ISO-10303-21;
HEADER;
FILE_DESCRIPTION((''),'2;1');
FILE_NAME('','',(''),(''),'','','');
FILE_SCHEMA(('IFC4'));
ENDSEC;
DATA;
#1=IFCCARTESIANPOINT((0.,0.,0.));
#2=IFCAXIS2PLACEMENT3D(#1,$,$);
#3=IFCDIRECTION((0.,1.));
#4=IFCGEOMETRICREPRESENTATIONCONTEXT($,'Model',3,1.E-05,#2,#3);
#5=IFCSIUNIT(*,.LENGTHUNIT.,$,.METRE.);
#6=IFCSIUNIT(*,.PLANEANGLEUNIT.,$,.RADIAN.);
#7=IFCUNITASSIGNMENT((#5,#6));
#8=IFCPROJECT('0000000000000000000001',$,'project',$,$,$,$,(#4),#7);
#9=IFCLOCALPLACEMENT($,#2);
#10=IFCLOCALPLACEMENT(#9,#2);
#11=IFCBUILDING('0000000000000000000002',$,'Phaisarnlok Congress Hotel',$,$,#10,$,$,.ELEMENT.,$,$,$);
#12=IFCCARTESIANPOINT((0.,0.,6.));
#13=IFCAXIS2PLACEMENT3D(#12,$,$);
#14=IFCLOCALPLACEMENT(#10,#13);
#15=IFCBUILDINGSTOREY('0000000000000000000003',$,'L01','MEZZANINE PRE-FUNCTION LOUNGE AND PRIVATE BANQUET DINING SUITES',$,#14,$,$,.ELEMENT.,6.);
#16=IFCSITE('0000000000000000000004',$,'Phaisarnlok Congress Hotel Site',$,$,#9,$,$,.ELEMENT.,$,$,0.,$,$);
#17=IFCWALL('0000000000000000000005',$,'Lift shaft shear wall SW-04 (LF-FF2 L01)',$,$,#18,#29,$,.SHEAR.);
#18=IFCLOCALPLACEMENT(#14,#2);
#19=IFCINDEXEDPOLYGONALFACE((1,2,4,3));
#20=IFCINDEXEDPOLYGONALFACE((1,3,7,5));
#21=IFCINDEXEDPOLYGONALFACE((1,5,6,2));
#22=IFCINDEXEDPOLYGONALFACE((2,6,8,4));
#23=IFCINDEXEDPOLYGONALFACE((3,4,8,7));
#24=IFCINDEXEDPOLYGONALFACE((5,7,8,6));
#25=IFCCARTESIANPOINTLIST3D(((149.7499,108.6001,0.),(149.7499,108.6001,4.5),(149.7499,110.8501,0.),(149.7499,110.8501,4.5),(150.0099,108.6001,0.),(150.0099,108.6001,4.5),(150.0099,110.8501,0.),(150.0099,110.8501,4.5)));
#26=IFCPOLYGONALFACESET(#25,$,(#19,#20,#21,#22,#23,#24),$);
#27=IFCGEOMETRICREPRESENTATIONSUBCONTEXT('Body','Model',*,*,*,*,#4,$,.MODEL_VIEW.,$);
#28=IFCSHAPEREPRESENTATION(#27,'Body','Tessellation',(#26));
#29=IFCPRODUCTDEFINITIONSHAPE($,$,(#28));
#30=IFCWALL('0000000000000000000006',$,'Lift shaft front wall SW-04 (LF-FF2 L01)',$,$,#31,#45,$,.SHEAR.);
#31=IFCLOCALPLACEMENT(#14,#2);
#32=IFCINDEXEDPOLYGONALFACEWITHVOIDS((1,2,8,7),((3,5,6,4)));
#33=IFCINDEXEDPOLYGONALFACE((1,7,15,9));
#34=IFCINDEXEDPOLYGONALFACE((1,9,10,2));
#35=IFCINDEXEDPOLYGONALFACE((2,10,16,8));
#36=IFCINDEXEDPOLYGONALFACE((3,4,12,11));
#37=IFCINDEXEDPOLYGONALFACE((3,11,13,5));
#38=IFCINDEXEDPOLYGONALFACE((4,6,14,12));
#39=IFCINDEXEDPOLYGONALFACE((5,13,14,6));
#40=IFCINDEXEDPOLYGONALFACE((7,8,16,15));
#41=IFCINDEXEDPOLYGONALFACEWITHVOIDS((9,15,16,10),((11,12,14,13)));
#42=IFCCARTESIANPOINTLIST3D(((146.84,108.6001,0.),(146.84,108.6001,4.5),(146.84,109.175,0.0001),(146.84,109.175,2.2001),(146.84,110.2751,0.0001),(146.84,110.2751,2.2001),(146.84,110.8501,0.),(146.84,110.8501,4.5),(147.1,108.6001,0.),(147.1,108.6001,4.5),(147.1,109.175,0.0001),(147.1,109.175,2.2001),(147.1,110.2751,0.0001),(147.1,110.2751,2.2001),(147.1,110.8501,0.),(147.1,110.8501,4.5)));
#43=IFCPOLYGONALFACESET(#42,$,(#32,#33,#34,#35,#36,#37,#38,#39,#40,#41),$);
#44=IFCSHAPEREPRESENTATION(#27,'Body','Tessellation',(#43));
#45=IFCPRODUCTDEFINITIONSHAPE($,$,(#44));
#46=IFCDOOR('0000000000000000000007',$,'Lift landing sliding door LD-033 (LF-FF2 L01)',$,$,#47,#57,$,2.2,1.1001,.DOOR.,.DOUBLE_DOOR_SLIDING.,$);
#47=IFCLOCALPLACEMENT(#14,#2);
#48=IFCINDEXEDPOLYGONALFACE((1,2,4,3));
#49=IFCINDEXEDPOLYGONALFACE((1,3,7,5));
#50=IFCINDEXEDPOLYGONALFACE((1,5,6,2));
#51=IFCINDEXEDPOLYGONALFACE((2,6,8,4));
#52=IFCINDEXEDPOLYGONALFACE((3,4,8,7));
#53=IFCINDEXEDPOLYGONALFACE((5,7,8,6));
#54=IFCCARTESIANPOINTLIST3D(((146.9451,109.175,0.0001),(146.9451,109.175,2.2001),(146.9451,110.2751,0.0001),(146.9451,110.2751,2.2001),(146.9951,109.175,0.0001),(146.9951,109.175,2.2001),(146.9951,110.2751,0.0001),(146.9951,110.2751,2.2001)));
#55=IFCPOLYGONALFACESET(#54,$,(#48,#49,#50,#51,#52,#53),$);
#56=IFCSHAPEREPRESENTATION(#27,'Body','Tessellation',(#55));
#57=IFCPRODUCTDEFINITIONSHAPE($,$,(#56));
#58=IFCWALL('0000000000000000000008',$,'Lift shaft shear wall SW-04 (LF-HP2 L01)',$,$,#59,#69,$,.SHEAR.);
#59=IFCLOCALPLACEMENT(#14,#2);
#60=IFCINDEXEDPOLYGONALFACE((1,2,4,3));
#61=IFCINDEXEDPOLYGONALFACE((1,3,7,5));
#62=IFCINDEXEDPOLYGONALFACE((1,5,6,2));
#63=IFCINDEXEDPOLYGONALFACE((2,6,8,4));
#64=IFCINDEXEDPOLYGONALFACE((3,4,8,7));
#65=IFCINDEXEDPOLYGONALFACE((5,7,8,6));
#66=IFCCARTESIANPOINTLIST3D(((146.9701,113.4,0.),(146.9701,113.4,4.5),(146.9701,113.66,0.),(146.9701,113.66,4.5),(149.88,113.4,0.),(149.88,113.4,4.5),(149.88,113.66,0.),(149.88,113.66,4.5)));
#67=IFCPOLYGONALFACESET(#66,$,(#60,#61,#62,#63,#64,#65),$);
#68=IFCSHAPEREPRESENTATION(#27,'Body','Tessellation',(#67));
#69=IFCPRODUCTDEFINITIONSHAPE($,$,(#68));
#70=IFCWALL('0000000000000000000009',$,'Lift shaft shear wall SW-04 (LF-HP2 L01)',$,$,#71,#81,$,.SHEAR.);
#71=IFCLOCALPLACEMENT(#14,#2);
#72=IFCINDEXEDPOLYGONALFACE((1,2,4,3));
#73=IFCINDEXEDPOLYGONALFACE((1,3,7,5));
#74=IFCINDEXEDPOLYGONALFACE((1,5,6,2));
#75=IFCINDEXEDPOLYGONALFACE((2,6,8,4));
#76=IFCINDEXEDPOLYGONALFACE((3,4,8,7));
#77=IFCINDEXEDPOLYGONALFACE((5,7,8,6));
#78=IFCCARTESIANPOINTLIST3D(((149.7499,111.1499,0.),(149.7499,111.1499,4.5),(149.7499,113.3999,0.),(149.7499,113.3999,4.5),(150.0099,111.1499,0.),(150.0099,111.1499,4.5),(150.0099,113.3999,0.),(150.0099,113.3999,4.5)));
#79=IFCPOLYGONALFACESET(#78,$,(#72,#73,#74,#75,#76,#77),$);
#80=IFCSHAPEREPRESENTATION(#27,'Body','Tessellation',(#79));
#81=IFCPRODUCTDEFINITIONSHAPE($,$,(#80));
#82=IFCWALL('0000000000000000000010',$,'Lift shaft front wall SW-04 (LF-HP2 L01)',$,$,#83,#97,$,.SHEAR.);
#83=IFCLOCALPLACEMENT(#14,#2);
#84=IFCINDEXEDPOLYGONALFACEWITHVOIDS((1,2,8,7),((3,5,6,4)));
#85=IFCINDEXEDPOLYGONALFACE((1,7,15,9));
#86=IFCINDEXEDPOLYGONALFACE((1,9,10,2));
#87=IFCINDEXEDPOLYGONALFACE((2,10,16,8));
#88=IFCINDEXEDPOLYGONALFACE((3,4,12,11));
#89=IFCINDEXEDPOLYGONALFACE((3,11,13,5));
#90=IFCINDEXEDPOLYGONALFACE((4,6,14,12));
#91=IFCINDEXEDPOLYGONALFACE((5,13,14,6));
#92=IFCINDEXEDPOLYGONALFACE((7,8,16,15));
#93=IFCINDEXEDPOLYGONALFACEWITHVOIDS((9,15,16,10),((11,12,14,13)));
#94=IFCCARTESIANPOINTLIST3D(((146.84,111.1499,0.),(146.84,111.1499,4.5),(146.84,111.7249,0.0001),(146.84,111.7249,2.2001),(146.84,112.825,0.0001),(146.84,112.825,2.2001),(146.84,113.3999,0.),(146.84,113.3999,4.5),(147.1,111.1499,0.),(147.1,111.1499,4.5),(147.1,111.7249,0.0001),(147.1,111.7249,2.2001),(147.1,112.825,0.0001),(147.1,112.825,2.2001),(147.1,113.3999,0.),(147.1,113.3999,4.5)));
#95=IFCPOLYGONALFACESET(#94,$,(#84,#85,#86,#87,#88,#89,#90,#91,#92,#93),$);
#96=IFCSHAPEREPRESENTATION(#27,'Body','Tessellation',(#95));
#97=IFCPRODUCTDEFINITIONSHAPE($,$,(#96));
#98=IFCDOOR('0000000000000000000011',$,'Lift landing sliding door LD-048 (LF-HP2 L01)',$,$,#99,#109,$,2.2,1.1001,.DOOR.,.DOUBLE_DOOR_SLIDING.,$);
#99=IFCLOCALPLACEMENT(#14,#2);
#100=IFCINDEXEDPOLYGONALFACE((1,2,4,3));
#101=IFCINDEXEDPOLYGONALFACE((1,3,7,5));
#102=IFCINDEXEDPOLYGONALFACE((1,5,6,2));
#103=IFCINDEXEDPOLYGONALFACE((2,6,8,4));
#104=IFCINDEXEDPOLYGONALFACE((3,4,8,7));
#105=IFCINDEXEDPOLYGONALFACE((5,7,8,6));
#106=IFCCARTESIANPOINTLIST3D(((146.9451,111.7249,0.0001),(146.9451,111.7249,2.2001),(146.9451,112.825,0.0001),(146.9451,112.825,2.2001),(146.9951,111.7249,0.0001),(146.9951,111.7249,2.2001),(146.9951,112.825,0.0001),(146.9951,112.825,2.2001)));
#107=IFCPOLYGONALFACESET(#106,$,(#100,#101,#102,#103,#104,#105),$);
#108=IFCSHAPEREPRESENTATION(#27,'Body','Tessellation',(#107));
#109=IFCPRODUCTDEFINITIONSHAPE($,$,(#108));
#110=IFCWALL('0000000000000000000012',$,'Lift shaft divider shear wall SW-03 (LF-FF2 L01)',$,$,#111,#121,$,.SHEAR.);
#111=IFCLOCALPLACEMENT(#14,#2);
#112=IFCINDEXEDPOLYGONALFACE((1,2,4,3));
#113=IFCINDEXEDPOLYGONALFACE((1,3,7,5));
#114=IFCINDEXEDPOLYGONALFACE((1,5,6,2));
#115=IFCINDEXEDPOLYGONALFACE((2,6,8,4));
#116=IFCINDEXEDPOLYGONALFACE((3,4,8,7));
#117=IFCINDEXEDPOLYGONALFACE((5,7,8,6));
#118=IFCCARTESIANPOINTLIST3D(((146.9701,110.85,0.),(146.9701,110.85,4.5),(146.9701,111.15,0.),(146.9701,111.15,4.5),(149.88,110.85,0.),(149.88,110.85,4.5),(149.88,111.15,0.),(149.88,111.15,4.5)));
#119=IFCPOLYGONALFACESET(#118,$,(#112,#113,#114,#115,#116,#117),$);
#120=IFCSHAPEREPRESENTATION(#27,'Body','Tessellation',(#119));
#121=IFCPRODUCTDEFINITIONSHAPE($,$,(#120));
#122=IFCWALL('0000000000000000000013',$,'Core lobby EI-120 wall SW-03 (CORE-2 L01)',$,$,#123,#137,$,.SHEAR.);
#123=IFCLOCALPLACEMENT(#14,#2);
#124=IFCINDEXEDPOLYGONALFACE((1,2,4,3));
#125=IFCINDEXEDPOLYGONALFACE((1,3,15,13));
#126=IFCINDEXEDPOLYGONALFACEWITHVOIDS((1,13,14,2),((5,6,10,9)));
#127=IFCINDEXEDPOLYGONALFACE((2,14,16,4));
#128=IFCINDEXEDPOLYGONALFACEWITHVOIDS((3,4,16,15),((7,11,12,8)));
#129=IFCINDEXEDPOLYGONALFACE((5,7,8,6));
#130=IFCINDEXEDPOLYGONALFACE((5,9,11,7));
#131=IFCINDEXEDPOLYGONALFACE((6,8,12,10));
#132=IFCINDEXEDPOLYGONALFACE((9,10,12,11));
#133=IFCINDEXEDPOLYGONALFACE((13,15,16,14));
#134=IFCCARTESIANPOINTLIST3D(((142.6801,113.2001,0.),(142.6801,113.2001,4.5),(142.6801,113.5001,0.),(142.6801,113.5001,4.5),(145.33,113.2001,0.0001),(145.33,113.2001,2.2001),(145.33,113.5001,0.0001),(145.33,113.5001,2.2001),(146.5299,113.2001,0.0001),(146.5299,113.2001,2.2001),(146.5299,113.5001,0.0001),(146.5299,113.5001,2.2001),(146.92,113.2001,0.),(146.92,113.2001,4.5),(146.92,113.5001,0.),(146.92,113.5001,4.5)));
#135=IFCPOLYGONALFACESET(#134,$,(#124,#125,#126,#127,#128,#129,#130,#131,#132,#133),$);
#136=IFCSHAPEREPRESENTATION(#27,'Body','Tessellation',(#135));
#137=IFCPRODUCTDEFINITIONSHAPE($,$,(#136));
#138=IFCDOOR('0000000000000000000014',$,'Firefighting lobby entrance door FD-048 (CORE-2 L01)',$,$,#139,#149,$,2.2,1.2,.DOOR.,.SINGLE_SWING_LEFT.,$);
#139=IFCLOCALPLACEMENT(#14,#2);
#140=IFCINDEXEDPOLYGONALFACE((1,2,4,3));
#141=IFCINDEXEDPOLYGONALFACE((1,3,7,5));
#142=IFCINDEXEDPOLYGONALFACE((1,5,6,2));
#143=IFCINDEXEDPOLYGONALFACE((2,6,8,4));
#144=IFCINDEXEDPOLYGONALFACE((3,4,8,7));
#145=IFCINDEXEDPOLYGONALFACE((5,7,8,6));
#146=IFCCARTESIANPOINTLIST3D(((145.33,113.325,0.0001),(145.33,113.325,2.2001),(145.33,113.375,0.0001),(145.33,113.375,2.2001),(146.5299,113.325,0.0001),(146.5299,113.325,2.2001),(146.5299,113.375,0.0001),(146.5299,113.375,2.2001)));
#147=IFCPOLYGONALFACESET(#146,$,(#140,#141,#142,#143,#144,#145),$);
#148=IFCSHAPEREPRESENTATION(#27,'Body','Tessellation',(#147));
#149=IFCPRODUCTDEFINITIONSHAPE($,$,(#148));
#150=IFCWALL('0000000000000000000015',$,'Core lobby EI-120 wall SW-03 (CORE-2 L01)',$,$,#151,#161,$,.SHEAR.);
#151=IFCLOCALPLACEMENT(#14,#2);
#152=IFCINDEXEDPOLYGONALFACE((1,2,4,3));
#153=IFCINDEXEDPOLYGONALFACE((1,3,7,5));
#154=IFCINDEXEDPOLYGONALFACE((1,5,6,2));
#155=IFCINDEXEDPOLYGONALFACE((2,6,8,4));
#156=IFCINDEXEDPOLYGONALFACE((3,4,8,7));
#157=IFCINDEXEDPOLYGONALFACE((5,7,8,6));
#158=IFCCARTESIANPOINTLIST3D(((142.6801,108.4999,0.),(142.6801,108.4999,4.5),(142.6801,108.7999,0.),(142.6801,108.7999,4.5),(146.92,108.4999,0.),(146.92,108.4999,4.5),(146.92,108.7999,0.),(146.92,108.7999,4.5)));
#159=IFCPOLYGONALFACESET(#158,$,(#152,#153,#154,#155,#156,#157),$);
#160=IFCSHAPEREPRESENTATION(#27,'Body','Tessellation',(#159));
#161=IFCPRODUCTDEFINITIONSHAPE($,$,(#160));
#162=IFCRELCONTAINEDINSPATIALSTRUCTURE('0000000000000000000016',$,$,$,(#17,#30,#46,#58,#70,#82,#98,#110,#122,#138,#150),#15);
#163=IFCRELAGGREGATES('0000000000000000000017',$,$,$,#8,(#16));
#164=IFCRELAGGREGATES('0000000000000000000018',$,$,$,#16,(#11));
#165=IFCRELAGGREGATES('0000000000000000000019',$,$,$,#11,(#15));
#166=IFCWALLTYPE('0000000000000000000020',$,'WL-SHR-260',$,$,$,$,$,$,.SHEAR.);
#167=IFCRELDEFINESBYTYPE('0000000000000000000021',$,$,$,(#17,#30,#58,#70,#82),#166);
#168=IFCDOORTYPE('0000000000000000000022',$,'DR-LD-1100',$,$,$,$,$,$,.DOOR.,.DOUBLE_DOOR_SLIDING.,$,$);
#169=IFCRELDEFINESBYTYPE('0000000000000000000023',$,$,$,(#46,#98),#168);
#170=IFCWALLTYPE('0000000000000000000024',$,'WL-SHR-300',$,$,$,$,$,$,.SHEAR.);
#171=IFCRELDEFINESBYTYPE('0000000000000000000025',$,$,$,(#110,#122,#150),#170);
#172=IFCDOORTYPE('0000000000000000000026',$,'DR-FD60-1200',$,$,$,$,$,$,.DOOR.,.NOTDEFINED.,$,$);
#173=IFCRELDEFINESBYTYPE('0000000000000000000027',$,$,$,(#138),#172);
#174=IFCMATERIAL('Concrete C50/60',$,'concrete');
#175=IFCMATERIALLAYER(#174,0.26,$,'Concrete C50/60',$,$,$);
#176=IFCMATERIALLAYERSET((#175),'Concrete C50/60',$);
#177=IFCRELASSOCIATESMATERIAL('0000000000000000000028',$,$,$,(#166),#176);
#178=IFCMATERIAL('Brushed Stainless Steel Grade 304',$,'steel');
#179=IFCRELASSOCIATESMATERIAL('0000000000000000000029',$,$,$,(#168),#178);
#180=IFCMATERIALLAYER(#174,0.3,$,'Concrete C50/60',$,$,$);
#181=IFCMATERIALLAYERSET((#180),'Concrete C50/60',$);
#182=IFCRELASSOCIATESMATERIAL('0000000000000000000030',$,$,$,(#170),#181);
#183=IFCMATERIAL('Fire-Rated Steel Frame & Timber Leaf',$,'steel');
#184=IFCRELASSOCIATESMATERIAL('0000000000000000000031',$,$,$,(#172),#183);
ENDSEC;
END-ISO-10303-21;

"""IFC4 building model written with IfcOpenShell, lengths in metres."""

from ifc_helpers import new_model, si_unit, direction, frame, frame_2d, origin, place, context, subcontext, project, spatial, rectangle, extrude, material, layer, layer_set, type_object, element, fill, save


model = new_model("IFC4")

# Units and contexts
model_context = context("Model", 3, precision=1e-05, world=origin(), true_north=direction((0.0, 1.0)))
body_context = subcontext(model_context, "Body", "Model", "MODEL_VIEW")
ifc_project = project(units=[si_unit("LENGTHUNIT", "METRE"), si_unit("PLANEANGLEUNIT", "RADIAN")], contexts=[model_context])

# Site, building, storey
site_placement = place(None, origin())
site = spatial("IfcSite", under=ifc_project, at=site_placement, Name="Phaisarnlok Congress Hotel Site", CompositionType="ELEMENT", RefElevation=0.0)
building_placement = place(site_placement, origin())
building = spatial("IfcBuilding", under=site, at=building_placement, Name="Phaisarnlok Congress Hotel", CompositionType="ELEMENT")
storey_placement = place(building_placement, frame((0.0, 0.0, 6.0)))
storey = spatial("IfcBuildingStorey", under=building, at=storey_placement, Name="L01", Description="MEZZANINE PRE-FUNCTION LOUNGE AND PRIVATE BANQUET DINING SUITES", CompositionType="ELEMENT", Elevation=6.0)

# Shared definitions
ifc_material_1 = material(Name="Concrete C50/60", Category="concrete")

# Shared definitions
ifc_layer_1 = layer(ifc_material_1, 0.26, Name="Concrete C50/60")
ifc_layer_set_1 = layer_set([ifc_layer_1], Name="Concrete C50/60")
wall_type_1 = type_object("IfcWallType", Name="WL-SHR-260", PredefinedType="SHEAR", material=ifc_layer_set_1)
ifc_material_2 = material(Name="Fire-Rated Steel Frame & Timber Leaf", Category="steel")

# Wall
wall_1_placement = place(storey_placement, frame((149.8799, 108.6001, 0.0), z_axis=(0.0, 0.0, 1.0), x_axis=(0.0, 1.0, 0.0)))
element("IfcWall", 1, at=wall_1_placement, inside=storey, type_object=wall_type_1, Name="Lift shaft shear wall SW-04 (LF-FF2 L01)", PredefinedType="SHEAR", context=body_context, shape_type="SweptSolid", body=[
    extrude(rectangle(XDim=2.25, YDim=0.26, at=frame_2d((1.125, 0.0))), origin(), (0.0, 0.0, 1.0), 4.5),
])

# Wall, opening, door
wall_2_placement = place(storey_placement, frame((146.97, 108.6001, 0.0), z_axis=(0.0, 0.0, 1.0), x_axis=(0.0, 1.0, 0.0)))
wall_2 = element("IfcWall", 2, at=wall_2_placement, inside=storey, type_object=wall_type_1, Name="Lift shaft front wall SW-04 (LF-FF2 L01)", PredefinedType="SHEAR", context=body_context, shape_type="SweptSolid", body=[
    extrude(rectangle(XDim=2.25, YDim=0.26, at=frame_2d((1.125, 0.0))), origin(), (0.0, 0.0, 1.0), 4.5),
])
opening_1_placement = place(wall_2_placement, frame((0.575, 0.0, 0.0)))
opening_1 = element("IfcOpeningElement", 3, at=opening_1_placement, cuts=wall_2, PredefinedType="OPENING", context=body_context, shape_type="SweptSolid", body=[
    extrude(rectangle(XDim=1.1001, YDim=2.2, at=frame_2d((0.55, 1.1001))), frame((0.0, 0.1401, 0.0), z_axis=(0.0, -1.0, 0.0), x_axis=(1.0, 0.0, 0.0)), (0.0, 0.0, 1.0), 0.28),
])
ifc_material_3 = material(Name="Brushed Stainless Steel Grade 304", Category="steel")
door_type_1 = type_object("IfcDoorType", Name="DR-LD-1100", OperationType="DOUBLE_DOOR_SLIDING", PredefinedType="DOOR", material=ifc_material_3)
door_1_placement = place(opening_1_placement, origin())
door_1 = element("IfcDoor", 4, at=door_1_placement, inside=storey, type_object=door_type_1, Name="Lift landing sliding door LD-033 (LF-FF2 L01)", OperationType="DOUBLE_DOOR_SLIDING", OverallHeight=2.2, OverallWidth=1.1001, PredefinedType="DOOR", context=body_context, shape_type="SweptSolid", body=[
    extrude(rectangle(XDim=1.1001, YDim=2.2, at=frame_2d((0.55, 1.1001))), frame((0.0, 0.0249, 0.0), z_axis=(0.0, -1.0, 0.0), x_axis=(1.0, 0.0, 0.0)), (0.0, 0.0, 1.0), 0.05),
])
fill(opening_1, door_1)

# Walls
wall_3_placement = place(storey_placement, frame((146.97, 113.53, 0.0), z_axis=(0.0, 0.0, 1.0), x_axis=(1.0, 0.0, 0.0)))
element("IfcWall", 5, at=wall_3_placement, inside=storey, type_object=wall_type_1, Name="Lift shaft shear wall SW-04 (LF-HP2 L01)", PredefinedType="SHEAR", context=body_context, shape_type="SweptSolid", body=[
    extrude(rectangle(XDim=2.9099, YDim=0.26, at=frame_2d((1.4551, 0.0))), origin(), (0.0, 0.0, 1.0), 4.5),
])
wall_4_placement = place(storey_placement, frame((149.8799, 111.1499, 0.0), z_axis=(0.0, 0.0, 1.0), x_axis=(0.0, 1.0, 0.0)))
element("IfcWall", 6, at=wall_4_placement, inside=storey, type_object=wall_type_1, Name="Lift shaft shear wall SW-04 (LF-HP2 L01)", PredefinedType="SHEAR", context=body_context, shape_type="SweptSolid", body=[
    extrude(rectangle(XDim=2.25, YDim=0.26, at=frame_2d((1.125, 0.0))), origin(), (0.0, 0.0, 1.0), 4.5),
])

# Wall, opening, door
wall_5_placement = place(storey_placement, frame((146.97, 111.1499, 0.0), z_axis=(0.0, 0.0, 1.0), x_axis=(0.0, 1.0, 0.0)))
wall_5 = element("IfcWall", 7, at=wall_5_placement, inside=storey, type_object=wall_type_1, Name="Lift shaft front wall SW-04 (LF-HP2 L01)", PredefinedType="SHEAR", context=body_context, shape_type="SweptSolid", body=[
    extrude(rectangle(XDim=2.25, YDim=0.26, at=frame_2d((1.125, 0.0))), origin(), (0.0, 0.0, 1.0), 4.5),
])
opening_2_placement = place(wall_5_placement, frame((0.575, 0.0, 0.0)))
opening_2 = element("IfcOpeningElement", 8, at=opening_2_placement, cuts=wall_5, PredefinedType="OPENING", context=body_context, shape_type="SweptSolid", body=[
    extrude(rectangle(XDim=1.1001, YDim=2.2, at=frame_2d((0.55, 1.1001))), frame((0.0, 0.1401, 0.0), z_axis=(0.0, -1.0, 0.0), x_axis=(1.0, 0.0, 0.0)), (0.0, 0.0, 1.0), 0.28),
])
door_2_placement = place(opening_2_placement, origin())
door_2 = element("IfcDoor", 9, at=door_2_placement, inside=storey, type_object=door_type_1, Name="Lift landing sliding door LD-048 (LF-HP2 L01)", OperationType="DOUBLE_DOOR_SLIDING", OverallHeight=2.2, OverallWidth=1.1001, PredefinedType="DOOR", context=body_context, shape_type="SweptSolid", body=[
    extrude(rectangle(XDim=1.1001, YDim=2.2, at=frame_2d((0.55, 1.1001))), frame((0.0, 0.0249, 0.0), z_axis=(0.0, -1.0, 0.0), x_axis=(1.0, 0.0, 0.0)), (0.0, 0.0, 1.0), 0.05),
])
fill(opening_2, door_2)

# Wall
ifc_layer_2 = layer(ifc_material_1, 0.3, Name="Concrete C50/60")
ifc_layer_set_2 = layer_set([ifc_layer_2], Name="Concrete C50/60")
wall_type_2 = type_object("IfcWallType", Name="WL-SHR-300", PredefinedType="SHEAR", material=ifc_layer_set_2)
wall_6_placement = place(storey_placement, frame((146.97, 111.0, 0.0), z_axis=(0.0, 0.0, 1.0), x_axis=(1.0, 0.0, 0.0)))
element("IfcWall", 10, at=wall_6_placement, inside=storey, type_object=wall_type_2, Name="Lift shaft divider shear wall SW-03 (LF-FF2 L01)", PredefinedType="SHEAR", context=body_context, shape_type="SweptSolid", body=[
    extrude(rectangle(XDim=2.9099, YDim=0.3, at=frame_2d((1.4551, 0.0))), origin(), (0.0, 0.0, 1.0), 4.5),
])

# Wall, opening, door
wall_7_placement = place(storey_placement, frame((142.6799, 113.3501, 0.0), z_axis=(0.0, 0.0, 1.0), x_axis=(1.0, 0.0, 0.0)))
wall_7 = element("IfcWall", 11, at=wall_7_placement, inside=storey, type_object=wall_type_2, Name="Core lobby EI-120 wall SW-03 (CORE-2 L01)", PredefinedType="SHEAR", context=body_context, shape_type="SweptSolid", body=[
    extrude(rectangle(XDim=4.24, YDim=0.3, at=frame_2d((2.1201, 0.0))), origin(), (0.0, 0.0, 1.0), 4.5),
])
opening_3_placement = place(wall_7_placement, frame((2.6499, 0.0, 0.0)))
opening_3 = element("IfcOpeningElement", 12, at=opening_3_placement, cuts=wall_7, PredefinedType="OPENING", context=body_context, shape_type="SweptSolid", body=[
    extrude(rectangle(XDim=1.2, YDim=2.2, at=frame_2d((0.6001, 1.1001))), frame((0.0, 0.1602, 0.0), z_axis=(0.0, -1.0, 0.0), x_axis=(1.0, 0.0, 0.0)), (0.0, 0.0, 1.0), 0.3201),
])
door_type_2 = type_object("IfcDoorType", Name="DR-FD60-1200", OperationType="NOTDEFINED", PredefinedType="DOOR", material=ifc_material_2)
door_3_placement = place(opening_3_placement, origin())
door_3 = element("IfcDoor", 13, at=door_3_placement, inside=storey, type_object=door_type_2, Name="Firefighting lobby entrance door FD-048 (CORE-2 L01)", OperationType="SINGLE_SWING_LEFT", OverallHeight=2.2, OverallWidth=1.2, PredefinedType="DOOR", context=body_context, shape_type="SweptSolid", body=[
    extrude(rectangle(XDim=1.2, YDim=2.2, at=frame_2d((0.6001, 1.1001))), frame((0.0, 0.0249, 0.0), z_axis=(0.0, -1.0, 0.0), x_axis=(1.0, 0.0, 0.0)), (0.0, 0.0, 1.0), 0.05),
])
fill(opening_3, door_3)

# Wall
wall_8_placement = place(storey_placement, frame((142.6799, 108.6499, 0.0), z_axis=(0.0, 0.0, 1.0), x_axis=(1.0, 0.0, 0.0)))
element("IfcWall", 14, at=wall_8_placement, inside=storey, type_object=wall_type_2, Name="Core lobby EI-120 wall SW-03 (CORE-2 L01)", PredefinedType="SHEAR", context=body_context, shape_type="SweptSolid", body=[
    extrude(rectangle(XDim=4.24, YDim=0.3, at=frame_2d((2.1201, 0.0))), origin(), (0.0, 0.0, 1.0), 4.5),
])

save(model, "model.ifc")
